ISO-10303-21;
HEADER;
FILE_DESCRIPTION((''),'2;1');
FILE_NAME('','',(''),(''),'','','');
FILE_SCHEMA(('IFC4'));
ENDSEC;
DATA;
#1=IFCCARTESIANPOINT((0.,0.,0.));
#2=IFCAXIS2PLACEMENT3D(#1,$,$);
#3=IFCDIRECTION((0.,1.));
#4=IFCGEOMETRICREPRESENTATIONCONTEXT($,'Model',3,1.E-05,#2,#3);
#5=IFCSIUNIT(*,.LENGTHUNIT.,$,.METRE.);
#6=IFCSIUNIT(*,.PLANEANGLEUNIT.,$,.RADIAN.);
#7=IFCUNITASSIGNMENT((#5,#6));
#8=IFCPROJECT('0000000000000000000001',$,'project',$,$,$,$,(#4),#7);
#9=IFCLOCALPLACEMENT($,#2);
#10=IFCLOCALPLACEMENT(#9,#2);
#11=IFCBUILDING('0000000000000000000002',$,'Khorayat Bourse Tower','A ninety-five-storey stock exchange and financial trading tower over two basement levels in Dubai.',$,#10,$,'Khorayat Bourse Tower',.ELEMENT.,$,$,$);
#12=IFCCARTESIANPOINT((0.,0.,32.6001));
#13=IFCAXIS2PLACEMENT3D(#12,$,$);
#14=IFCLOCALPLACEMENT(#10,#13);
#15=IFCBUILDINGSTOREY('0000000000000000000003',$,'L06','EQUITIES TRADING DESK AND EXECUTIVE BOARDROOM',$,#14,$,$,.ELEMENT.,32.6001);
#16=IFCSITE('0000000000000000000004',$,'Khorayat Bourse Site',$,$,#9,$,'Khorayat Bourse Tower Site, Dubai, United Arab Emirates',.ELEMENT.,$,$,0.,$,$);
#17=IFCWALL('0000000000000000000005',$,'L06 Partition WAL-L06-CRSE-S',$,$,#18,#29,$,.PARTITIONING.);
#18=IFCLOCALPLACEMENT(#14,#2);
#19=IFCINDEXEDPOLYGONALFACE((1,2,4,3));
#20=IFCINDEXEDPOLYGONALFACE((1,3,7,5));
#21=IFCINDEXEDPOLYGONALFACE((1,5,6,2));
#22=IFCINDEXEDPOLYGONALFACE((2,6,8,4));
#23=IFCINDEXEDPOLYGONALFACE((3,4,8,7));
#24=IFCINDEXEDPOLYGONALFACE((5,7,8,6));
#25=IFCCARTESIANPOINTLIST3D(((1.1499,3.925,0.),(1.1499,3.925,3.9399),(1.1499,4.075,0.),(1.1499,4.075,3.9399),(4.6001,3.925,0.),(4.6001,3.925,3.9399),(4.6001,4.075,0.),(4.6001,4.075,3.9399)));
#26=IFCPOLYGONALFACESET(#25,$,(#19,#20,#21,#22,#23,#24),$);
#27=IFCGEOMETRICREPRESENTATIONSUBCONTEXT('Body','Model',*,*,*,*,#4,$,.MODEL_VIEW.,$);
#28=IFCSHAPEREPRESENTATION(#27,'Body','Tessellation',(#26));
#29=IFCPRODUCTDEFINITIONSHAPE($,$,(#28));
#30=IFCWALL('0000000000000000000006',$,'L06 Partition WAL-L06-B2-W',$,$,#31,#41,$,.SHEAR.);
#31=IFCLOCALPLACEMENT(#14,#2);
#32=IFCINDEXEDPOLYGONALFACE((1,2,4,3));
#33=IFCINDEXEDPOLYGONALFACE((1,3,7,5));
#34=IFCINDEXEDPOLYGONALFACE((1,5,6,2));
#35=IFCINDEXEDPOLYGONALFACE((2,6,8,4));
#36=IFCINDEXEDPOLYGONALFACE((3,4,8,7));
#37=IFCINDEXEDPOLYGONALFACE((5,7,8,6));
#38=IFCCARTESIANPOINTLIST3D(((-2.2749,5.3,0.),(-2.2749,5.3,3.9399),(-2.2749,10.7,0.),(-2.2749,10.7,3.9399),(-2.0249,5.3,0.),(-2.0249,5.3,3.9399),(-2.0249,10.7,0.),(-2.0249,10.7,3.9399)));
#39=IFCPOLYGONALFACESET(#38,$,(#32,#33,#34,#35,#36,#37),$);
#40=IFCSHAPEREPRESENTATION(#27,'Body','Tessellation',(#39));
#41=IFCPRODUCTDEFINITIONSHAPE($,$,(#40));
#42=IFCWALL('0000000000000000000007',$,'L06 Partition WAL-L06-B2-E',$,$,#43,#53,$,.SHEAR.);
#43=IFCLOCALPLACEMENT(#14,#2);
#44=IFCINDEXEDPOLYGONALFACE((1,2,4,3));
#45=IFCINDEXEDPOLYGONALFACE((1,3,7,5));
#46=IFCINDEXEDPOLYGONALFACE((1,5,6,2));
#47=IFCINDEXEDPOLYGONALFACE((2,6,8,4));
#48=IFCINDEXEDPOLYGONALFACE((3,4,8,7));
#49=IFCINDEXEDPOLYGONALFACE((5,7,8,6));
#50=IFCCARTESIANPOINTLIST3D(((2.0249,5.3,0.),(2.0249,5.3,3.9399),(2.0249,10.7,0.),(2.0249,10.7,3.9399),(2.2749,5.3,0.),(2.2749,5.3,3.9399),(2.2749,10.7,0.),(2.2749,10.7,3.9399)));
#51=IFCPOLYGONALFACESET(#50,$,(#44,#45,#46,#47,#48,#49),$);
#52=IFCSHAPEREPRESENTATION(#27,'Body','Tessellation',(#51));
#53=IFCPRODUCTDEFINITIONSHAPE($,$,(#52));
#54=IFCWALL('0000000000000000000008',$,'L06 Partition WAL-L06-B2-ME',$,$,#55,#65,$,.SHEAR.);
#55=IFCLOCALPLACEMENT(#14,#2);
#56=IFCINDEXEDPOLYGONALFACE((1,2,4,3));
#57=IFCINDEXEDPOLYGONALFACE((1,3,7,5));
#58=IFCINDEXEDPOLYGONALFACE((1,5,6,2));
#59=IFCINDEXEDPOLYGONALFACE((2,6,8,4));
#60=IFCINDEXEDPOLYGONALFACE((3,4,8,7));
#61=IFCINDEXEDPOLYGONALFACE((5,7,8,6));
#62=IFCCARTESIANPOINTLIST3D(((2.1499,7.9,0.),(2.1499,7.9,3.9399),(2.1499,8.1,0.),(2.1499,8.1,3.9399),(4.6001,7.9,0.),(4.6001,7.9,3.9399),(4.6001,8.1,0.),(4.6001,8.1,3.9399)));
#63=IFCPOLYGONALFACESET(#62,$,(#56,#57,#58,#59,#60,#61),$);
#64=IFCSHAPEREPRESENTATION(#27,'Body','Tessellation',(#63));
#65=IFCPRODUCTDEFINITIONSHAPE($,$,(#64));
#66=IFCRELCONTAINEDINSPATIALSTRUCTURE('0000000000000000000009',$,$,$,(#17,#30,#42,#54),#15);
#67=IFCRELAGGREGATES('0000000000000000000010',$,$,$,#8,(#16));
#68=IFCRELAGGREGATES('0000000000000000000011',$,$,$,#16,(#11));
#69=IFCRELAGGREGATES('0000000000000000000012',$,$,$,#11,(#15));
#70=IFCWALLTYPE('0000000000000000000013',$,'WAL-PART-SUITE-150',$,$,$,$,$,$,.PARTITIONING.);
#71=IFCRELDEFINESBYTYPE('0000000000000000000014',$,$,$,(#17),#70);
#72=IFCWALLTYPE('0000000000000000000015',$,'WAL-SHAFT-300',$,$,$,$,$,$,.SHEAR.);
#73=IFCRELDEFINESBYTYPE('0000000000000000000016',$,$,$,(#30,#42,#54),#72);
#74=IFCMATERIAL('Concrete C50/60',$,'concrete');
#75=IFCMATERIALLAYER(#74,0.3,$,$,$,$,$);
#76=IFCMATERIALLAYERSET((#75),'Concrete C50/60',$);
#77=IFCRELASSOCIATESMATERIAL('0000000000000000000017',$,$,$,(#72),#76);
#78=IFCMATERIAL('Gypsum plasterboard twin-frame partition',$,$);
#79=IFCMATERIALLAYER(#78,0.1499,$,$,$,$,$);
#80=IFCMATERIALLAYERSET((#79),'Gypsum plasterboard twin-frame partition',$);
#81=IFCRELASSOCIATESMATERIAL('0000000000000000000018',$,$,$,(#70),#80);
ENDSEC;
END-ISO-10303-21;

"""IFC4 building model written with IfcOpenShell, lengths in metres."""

from ifc_helpers import new_model, si_unit, direction, frame, frame_2d, origin, place, context, subcontext, project, spatial, rectangle, extrude, source, transform, mapped, material, layer, layer_set, type_object, element, save


model = new_model("IFC4")

# Units and contexts
model_context = context("Model", 3, precision=1e-05, world=origin(), true_north=direction((0.0, 1.0)))
body_context = subcontext(model_context, "Body", "Model", "MODEL_VIEW")
ifc_project = project(units=[si_unit("LENGTHUNIT", "METRE"), si_unit("PLANEANGLEUNIT", "RADIAN")], contexts=[model_context])

# Site, building, storey
site_placement = place(None, origin())
site = spatial("IfcSite", under=ifc_project, at=site_placement, Name="Khorayat Bourse Site", LongName="Khorayat Bourse Tower Site, Dubai, United Arab Emirates", CompositionType="ELEMENT", RefElevation=0.0)
building_placement = place(site_placement, origin())
building = spatial("IfcBuilding", under=site, at=building_placement, Name="Khorayat Bourse Tower", Description="A ninety-five-storey stock exchange and financial trading tower over two basement levels in Dubai.", LongName="Khorayat Bourse Tower", CompositionType="ELEMENT")
storey_placement = place(building_placement, frame((0.0, 0.0, 32.6001)))
storey = spatial("IfcBuildingStorey", under=building, at=storey_placement, Name="L06", Description="EQUITIES TRADING DESK AND EXECUTIVE BOARDROOM", CompositionType="ELEMENT", Elevation=32.6001)

# Shared definitions
ifc_material_1 = material(Name="Concrete C50/60", Category="concrete")
ifc_layer_1 = layer(ifc_material_1, 0.3)
ifc_layer_set_1 = layer_set([ifc_layer_1], Name="Concrete C50/60")
wall_type_1 = type_object("IfcWallType", Name="WAL-SHAFT-300", PredefinedType="SHEAR", material=ifc_layer_set_1)

# Walls
ifc_material_2 = material(Name="Gypsum plasterboard twin-frame partition")
ifc_layer_2 = layer(ifc_material_2, 0.1499)
ifc_layer_set_2 = layer_set([ifc_layer_2], Name="Gypsum plasterboard twin-frame partition")
wall_type_2 = type_object("IfcWallType", Name="WAL-PART-SUITE-150", PredefinedType="PARTITIONING", material=ifc_layer_set_2)
shared_shape_1 = source(origin(), body_context, "Body", "SweptSolid", [
    extrude(rectangle(XDim=3.4502, YDim=0.1499, at=frame_2d((1.7251, 0.0))), origin(), (0.0, 0.0, 1.0), 3.9399),
])
wall_1_placement = place(storey_placement, frame((1.1499, 4.0, 0.0), z_axis=(0.0, 0.0, 1.0), x_axis=(1.0, 0.0, 0.0)))
element("IfcWall", 1, at=wall_1_placement, inside=storey, type_object=wall_type_2, Name="L06 Partition WAL-L06-CRSE-S", PredefinedType="PARTITIONING", context=body_context, shape_type="MappedRepresentation", body=[
    mapped(shared_shape_1, transform((0.0, 0.0, 0.0), scale=1.0)),
])
shared_shape_2 = source(origin(), body_context, "Body", "SweptSolid", [
    extrude(rectangle(XDim=5.3999, YDim=0.25, at=frame_2d((2.7, 0.0))), origin(), (0.0, 0.0, 1.0), 3.9399),
])
for number, where, z_axis, x_axis, name in (
    (2, (-2.1499, 5.3, 0.0), (0.0, 0.0, 1.0), (0.0, 1.0, 0.0), "L06 Partition WAL-L06-B2-W"),
    (3, (2.1499, 5.3, 0.0), (0.0, 0.0, 1.0), (0.0, 1.0, 0.0), "L06 Partition WAL-L06-B2-E"),
):
    element("IfcWall", number, at=place(storey_placement, frame(where, z_axis=z_axis, x_axis=x_axis)), inside=storey, type_object=wall_type_1, Name=name, PredefinedType="SHEAR", context=body_context, shape_type="MappedRepresentation", body=[
        mapped(shared_shape_2, transform((0.0, 0.0, 0.0), scale=1.0)),
    ])
shared_shape_3 = source(origin(), body_context, "Body", "SweptSolid", [
    extrude(rectangle(XDim=2.4502, YDim=0.2, at=frame_2d((1.2251, 0.0))), origin(), (0.0, 0.0, 1.0), 3.9399),
])
wall_2_placement = place(storey_placement, frame((2.1499, 8.0, 0.0), z_axis=(0.0, 0.0, 1.0), x_axis=(1.0, 0.0, 0.0)))
element("IfcWall", 4, at=wall_2_placement, inside=storey, type_object=wall_type_1, Name="L06 Partition WAL-L06-B2-ME", PredefinedType="SHEAR", context=body_context, shape_type="MappedRepresentation", body=[
    mapped(shared_shape_3, transform((0.0, 0.0, 0.0), scale=1.0)),
])

save(model, "model.ifc")
